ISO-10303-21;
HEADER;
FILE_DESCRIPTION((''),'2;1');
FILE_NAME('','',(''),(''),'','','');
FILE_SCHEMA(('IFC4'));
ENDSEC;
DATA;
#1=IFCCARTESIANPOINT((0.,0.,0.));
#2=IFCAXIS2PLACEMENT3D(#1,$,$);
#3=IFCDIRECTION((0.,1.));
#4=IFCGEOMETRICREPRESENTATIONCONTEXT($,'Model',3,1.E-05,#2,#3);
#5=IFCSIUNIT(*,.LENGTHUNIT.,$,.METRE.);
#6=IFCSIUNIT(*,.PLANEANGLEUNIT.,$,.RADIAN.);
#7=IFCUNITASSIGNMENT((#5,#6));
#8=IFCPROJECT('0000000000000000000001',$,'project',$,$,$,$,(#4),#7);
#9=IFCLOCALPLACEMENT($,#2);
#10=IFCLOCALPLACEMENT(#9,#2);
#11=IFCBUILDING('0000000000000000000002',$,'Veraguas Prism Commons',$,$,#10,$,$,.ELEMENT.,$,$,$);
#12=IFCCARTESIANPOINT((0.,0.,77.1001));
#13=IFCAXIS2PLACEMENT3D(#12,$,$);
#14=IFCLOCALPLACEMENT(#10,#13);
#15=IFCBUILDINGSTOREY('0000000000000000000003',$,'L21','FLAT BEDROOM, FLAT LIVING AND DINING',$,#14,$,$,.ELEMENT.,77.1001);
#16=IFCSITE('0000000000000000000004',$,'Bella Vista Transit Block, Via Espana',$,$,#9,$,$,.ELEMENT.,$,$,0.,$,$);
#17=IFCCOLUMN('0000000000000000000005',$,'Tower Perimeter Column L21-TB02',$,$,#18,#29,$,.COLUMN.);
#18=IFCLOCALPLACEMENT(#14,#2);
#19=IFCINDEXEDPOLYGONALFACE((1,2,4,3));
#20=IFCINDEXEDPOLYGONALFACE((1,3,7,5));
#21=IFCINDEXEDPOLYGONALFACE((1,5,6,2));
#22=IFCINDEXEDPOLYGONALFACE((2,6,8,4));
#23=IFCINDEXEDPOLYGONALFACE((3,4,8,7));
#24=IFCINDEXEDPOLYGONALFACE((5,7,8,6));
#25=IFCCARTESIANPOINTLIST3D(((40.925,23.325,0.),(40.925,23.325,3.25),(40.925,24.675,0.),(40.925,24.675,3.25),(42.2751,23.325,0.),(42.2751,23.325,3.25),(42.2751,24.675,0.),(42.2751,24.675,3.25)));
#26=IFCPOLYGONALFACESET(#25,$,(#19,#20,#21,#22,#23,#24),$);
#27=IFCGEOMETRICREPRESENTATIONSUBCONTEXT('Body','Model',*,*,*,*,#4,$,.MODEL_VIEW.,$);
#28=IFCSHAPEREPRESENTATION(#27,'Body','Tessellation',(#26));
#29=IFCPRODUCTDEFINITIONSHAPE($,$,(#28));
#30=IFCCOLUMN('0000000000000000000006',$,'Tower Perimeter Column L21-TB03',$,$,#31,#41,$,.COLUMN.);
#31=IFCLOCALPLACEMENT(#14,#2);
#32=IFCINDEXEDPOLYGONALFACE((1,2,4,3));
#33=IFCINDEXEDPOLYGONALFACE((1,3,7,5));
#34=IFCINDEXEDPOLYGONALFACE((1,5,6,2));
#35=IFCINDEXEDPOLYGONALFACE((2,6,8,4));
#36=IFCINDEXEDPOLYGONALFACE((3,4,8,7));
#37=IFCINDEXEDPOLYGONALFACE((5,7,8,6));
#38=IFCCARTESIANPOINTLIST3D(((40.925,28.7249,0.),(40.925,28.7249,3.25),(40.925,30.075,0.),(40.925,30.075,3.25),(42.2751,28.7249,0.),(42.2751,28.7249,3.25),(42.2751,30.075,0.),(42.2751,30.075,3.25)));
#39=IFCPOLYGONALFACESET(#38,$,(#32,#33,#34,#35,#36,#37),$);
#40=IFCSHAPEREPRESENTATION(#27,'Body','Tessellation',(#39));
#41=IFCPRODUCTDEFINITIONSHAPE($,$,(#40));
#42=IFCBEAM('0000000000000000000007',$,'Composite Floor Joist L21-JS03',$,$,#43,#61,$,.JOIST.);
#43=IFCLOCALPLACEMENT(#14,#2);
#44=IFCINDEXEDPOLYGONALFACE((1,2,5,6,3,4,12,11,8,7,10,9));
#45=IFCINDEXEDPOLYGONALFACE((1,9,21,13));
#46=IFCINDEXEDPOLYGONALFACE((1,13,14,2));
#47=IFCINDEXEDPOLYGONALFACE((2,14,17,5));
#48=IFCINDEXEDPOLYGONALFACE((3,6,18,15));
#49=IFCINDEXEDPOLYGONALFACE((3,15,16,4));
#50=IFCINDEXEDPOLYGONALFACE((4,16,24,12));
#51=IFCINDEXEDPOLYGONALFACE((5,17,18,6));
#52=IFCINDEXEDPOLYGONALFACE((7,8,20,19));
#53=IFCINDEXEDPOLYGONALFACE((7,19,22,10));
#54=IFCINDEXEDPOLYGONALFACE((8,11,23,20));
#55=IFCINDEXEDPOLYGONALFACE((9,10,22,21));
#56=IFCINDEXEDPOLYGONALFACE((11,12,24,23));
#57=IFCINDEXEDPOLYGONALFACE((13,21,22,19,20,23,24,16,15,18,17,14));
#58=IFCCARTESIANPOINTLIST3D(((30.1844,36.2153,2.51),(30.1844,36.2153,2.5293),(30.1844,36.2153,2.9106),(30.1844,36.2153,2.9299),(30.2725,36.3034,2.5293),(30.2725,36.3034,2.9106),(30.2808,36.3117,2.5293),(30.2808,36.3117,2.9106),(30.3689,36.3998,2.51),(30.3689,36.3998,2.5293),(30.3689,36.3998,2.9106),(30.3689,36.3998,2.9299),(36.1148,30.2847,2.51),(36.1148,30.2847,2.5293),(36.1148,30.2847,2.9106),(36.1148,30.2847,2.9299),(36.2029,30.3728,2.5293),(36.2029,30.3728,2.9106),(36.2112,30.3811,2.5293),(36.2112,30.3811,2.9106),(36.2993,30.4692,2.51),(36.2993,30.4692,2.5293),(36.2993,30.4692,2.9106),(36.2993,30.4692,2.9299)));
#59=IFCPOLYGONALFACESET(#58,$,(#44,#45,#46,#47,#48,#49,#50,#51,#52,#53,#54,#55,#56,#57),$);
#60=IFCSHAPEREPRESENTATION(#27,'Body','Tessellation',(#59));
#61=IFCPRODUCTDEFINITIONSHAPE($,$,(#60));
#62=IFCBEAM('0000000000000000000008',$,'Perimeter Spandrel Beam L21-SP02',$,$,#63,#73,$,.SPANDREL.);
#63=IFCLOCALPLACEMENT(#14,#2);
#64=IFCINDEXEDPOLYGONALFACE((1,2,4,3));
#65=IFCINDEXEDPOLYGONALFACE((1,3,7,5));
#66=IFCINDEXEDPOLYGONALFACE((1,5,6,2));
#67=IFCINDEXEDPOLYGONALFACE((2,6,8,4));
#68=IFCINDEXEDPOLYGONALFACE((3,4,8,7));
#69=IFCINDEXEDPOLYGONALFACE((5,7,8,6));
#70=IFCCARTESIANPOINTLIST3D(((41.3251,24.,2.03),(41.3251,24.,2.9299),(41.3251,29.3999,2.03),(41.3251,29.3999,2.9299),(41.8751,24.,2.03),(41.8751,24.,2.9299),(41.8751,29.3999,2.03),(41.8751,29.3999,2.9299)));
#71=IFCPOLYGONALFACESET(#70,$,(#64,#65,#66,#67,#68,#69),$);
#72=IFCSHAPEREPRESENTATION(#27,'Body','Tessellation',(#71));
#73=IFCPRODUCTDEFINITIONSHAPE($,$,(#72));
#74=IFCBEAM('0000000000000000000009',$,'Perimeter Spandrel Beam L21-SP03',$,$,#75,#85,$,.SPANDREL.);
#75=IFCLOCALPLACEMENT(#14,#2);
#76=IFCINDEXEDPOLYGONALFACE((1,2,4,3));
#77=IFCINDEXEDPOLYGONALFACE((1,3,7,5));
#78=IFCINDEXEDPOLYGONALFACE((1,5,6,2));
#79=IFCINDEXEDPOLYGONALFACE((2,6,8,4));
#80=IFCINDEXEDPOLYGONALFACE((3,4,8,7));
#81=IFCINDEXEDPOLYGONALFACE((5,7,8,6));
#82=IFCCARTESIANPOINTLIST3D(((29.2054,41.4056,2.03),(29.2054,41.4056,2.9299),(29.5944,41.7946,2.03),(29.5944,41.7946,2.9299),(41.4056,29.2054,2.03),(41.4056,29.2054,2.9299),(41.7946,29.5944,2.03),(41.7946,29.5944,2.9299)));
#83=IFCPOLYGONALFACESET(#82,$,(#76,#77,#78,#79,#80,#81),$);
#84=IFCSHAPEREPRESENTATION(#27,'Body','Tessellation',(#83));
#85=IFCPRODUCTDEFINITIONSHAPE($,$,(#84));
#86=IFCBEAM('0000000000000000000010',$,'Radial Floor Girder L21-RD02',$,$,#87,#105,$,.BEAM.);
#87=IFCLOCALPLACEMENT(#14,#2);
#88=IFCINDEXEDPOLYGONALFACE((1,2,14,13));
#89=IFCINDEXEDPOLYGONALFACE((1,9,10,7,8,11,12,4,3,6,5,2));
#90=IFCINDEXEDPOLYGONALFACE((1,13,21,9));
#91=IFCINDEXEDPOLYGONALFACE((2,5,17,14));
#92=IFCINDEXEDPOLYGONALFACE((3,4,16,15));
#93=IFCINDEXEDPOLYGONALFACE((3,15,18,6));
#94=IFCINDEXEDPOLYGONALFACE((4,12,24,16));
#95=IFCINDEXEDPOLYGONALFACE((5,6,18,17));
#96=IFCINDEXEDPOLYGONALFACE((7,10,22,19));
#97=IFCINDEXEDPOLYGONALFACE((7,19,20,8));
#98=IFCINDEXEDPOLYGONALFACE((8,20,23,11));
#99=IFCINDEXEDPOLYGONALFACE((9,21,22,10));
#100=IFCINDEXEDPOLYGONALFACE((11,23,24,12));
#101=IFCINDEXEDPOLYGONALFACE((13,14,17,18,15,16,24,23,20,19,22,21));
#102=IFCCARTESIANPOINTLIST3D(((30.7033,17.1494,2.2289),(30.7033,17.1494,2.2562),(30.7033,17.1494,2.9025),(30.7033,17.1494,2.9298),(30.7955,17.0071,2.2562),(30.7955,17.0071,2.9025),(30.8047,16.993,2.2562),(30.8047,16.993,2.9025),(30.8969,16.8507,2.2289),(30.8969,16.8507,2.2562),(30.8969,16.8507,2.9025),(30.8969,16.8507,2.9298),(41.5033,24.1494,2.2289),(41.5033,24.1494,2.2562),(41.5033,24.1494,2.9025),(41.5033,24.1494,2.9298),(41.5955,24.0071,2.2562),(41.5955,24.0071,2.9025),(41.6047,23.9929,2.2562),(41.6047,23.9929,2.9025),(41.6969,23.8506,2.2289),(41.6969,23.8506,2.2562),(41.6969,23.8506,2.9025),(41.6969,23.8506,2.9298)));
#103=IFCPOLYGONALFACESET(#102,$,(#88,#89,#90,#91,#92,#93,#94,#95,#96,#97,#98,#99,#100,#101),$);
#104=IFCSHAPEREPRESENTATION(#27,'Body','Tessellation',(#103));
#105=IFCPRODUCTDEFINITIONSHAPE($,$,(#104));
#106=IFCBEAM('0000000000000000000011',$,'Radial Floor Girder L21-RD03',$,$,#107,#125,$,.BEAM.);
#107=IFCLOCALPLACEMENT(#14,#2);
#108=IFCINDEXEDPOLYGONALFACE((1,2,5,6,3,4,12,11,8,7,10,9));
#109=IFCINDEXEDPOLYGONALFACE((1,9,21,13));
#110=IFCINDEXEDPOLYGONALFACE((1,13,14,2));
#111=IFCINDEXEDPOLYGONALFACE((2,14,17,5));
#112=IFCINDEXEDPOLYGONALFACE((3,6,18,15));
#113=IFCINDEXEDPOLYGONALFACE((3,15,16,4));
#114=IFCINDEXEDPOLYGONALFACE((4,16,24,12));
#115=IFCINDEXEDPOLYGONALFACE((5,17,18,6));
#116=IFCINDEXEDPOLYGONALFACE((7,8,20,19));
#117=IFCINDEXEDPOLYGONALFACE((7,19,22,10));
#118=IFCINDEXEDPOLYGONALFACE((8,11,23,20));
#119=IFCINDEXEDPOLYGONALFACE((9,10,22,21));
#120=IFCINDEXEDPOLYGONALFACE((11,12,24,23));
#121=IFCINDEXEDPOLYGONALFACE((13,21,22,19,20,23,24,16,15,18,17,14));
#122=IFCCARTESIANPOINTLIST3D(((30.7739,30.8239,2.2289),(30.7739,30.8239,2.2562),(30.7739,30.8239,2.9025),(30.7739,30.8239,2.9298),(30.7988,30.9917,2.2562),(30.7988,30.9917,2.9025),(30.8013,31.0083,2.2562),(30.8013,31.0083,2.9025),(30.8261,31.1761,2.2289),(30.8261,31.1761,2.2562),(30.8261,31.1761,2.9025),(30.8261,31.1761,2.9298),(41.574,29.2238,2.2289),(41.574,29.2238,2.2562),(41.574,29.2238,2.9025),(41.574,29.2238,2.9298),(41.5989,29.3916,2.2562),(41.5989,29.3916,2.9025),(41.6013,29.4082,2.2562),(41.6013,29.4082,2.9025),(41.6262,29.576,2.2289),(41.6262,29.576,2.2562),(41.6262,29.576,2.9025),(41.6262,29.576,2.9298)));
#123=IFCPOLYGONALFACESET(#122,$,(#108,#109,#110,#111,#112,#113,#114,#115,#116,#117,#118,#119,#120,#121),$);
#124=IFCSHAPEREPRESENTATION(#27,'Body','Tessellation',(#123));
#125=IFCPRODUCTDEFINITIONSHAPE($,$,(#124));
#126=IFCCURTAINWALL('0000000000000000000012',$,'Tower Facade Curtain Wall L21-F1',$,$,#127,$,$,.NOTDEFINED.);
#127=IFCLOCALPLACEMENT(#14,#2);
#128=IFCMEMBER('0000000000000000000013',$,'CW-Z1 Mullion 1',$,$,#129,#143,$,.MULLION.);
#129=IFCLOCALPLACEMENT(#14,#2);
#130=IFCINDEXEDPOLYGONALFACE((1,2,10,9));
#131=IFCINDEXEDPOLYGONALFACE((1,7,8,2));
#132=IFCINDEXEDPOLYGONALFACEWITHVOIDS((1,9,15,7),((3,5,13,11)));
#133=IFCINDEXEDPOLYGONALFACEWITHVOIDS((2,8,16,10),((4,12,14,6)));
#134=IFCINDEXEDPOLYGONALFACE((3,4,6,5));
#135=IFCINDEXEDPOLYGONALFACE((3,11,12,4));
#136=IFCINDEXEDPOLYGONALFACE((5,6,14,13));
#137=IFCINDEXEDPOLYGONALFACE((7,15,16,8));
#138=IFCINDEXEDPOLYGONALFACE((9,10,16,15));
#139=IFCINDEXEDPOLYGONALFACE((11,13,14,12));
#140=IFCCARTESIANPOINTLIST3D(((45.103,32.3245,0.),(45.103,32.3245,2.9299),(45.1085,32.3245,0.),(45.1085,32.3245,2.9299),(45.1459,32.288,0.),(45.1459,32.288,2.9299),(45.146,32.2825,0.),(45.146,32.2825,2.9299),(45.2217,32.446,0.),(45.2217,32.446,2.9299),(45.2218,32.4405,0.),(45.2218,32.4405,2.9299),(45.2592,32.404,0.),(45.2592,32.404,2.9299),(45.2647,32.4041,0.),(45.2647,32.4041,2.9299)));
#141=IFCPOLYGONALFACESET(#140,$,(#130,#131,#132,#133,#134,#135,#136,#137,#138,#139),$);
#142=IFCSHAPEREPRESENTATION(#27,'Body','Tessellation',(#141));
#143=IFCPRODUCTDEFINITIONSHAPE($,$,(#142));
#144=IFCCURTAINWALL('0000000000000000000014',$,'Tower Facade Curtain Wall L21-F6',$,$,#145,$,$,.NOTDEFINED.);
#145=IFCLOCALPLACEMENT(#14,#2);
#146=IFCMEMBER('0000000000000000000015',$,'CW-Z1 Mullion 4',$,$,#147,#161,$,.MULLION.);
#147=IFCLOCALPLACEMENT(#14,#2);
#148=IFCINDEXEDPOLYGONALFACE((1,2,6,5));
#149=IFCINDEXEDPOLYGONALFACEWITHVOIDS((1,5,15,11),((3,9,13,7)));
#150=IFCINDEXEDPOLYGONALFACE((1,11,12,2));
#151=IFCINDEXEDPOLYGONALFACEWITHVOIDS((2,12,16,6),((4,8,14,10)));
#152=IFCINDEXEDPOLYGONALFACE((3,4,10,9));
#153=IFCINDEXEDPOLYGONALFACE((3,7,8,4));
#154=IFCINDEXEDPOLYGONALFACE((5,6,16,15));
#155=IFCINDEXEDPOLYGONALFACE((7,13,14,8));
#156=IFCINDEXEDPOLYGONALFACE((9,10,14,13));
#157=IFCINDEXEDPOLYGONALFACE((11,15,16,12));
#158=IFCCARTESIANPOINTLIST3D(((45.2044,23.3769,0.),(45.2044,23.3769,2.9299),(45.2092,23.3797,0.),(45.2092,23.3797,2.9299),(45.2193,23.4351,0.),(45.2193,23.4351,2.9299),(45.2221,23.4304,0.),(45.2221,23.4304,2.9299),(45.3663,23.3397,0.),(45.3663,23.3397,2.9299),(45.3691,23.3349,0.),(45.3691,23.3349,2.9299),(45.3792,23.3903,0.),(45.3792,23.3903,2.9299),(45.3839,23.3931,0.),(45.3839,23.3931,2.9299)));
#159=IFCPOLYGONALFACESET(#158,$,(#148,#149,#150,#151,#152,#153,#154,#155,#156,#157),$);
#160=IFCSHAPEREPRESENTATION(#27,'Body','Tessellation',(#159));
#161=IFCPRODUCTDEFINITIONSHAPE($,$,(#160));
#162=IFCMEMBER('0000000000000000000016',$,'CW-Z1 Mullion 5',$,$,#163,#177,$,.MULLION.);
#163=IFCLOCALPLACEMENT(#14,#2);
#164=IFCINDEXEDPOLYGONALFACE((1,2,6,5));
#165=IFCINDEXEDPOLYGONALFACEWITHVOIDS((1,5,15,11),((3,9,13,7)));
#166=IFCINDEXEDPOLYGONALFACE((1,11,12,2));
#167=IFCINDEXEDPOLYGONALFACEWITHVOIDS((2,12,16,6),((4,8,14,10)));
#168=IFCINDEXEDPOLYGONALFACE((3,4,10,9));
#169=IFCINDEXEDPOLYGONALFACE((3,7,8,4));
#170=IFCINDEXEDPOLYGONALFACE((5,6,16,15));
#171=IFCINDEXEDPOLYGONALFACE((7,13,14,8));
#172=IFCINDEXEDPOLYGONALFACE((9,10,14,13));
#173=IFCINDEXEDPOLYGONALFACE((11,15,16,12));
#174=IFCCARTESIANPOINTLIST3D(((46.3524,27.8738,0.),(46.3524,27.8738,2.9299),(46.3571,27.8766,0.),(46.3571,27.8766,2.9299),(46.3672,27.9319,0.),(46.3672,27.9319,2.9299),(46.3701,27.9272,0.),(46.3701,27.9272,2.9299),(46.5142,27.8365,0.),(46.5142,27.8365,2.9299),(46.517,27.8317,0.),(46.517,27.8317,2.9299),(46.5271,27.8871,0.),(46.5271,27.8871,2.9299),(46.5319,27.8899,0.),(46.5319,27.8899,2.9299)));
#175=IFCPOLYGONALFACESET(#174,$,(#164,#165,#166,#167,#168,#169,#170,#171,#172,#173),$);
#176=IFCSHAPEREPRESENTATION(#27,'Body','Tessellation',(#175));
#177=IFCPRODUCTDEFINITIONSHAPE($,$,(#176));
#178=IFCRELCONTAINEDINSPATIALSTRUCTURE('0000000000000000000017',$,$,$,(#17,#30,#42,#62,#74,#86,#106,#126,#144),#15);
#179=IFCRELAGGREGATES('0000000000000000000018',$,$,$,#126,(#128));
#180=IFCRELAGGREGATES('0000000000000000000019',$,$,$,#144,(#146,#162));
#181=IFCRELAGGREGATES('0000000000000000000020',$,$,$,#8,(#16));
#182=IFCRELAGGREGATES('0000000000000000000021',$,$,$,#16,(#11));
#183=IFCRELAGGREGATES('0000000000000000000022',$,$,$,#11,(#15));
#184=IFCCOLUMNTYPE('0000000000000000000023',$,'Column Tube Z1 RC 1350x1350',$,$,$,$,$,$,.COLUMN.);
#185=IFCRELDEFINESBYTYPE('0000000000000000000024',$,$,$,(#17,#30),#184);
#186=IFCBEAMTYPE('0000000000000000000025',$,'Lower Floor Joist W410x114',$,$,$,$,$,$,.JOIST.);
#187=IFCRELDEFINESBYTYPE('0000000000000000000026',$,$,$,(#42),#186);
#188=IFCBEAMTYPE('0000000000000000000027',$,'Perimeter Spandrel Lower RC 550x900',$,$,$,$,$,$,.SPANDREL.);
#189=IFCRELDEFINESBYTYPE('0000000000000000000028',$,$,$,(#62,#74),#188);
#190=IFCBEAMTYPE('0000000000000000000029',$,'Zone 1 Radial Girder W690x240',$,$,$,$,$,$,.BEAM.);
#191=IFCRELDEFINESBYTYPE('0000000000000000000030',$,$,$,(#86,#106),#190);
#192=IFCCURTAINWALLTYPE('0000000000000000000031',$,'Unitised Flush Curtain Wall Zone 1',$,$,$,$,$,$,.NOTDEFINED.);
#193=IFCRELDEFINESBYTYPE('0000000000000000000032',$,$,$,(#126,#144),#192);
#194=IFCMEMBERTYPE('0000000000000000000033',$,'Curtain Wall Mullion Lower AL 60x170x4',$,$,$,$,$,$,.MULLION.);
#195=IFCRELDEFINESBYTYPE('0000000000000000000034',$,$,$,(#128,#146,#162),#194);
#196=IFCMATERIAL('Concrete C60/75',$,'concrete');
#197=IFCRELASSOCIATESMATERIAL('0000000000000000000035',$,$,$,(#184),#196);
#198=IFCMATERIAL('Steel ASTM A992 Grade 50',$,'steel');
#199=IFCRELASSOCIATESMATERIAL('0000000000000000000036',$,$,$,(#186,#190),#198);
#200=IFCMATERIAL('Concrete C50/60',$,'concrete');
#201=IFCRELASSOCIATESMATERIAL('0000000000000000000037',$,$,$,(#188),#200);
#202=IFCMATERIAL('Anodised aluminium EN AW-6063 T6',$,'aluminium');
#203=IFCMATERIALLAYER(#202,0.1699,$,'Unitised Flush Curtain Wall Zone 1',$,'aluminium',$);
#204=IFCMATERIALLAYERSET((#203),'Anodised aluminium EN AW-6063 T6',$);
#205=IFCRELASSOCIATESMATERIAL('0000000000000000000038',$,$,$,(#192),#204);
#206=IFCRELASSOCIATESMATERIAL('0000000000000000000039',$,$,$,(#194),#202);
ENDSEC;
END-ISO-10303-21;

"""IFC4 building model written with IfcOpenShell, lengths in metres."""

from ifc_helpers import new_model, si_unit, direction, frame, origin, origin_2d, place, context, subcontext, project, spatial, rectangle, hollow_rectangle, i_section, extrude, source, transform, mapped, material, layer, layer_set, material_profile, profile_set, type_object, element, aggregate, save


model = new_model("IFC4")

# Units and contexts
model_context = context("Model", 3, precision=1e-05, world=origin(), true_north=direction((0.0, 1.0)))
body_context = subcontext(model_context, "Body", "Model", "MODEL_VIEW")
ifc_project = project(units=[si_unit("LENGTHUNIT", "METRE"), si_unit("PLANEANGLEUNIT", "RADIAN")], contexts=[model_context])

# Site, building, storey
site_placement = place(None, origin())
site = spatial("IfcSite", under=ifc_project, at=site_placement, Name="Bella Vista Transit Block, Via Espana", CompositionType="ELEMENT", RefElevation=0.0)
building_placement = place(site_placement, origin())
building = spatial("IfcBuilding", under=site, at=building_placement, Name="Veraguas Prism Commons", CompositionType="ELEMENT")
storey_placement = place(building_placement, frame((0.0, 0.0, 77.1001)))
storey = spatial("IfcBuildingStorey", under=building, at=storey_placement, Name="L21", Description="FLAT BEDROOM, FLAT LIVING AND DINING", CompositionType="ELEMENT", Elevation=77.1001)

# Columns
ifc_material_1 = material(Name="Concrete C60/75", Category="concrete")
ifc_material_profile_1 = material_profile(ifc_material_1, rectangle(XDim=1.3501, YDim=1.3501, at=origin_2d()), Name="RC1350X1350")
ifc_profile_set_1 = profile_set([ifc_material_profile_1], Name="Concrete C60/75")
column_type = type_object("IfcColumnType", Name="Column Tube Z1 RC 1350x1350", PredefinedType="COLUMN", material=ifc_profile_set_1)
for number, where, z_axis, x_axis, name in (
    (1, (41.6001, 24.0, 0.0), (0.0, 0.0, 1.0), (1.0, 0.0, 0.0), "Tower Perimeter Column L21-TB02"),
    (2, (41.6001, 29.3999, 0.0), (0.0, 0.0, 1.0), (1.0, 0.0, 0.0), "Tower Perimeter Column L21-TB03"),
):
    element("IfcColumn", number, at=place(storey_placement, frame(where, z_axis=z_axis, x_axis=x_axis)), inside=storey, type_object=column_type, Name=name, PredefinedType="COLUMN", context=body_context, shape_type="SweptSolid", body=[
        extrude(rectangle(XDim=1.3501, YDim=1.3501, at=origin_2d()), origin(), (0.0, 0.0, 1.0), 3.25),
    ])

# Beams
ifc_material_2 = material(Name="Steel ASTM A992 Grade 50", Category="steel")
ifc_material_profile_2 = material_profile(ifc_material_2, i_section(OverallWidth=0.261, OverallDepth=0.4199, WebThickness=0.0117, FlangeThickness=0.0193, at=origin_2d()), Name="W410X114")
ifc_profile_set_2 = profile_set([ifc_material_profile_2], Name="Steel ASTM A992 Grade 50")
beam_type_1 = type_object("IfcBeamType", Name="Lower Floor Joist W410x114", PredefinedType="JOIST", material=ifc_profile_set_2)
beam_1_placement = place(storey_placement, frame((36.207, 30.377, 2.72), z_axis=(-0.707092, 0.707121, 0.0), x_axis=(-0.707121, -0.707092, 0.0)))
element("IfcBeam", 3, at=beam_1_placement, inside=storey, type_object=beam_type_1, Name="Composite Floor Joist L21-JS03", PredefinedType="JOIST", context=body_context, shape_type="SweptSolid", body=[
    extrude(i_section(OverallWidth=0.261, OverallDepth=0.4199, WebThickness=0.0117, FlangeThickness=0.0193, at=origin_2d()), origin(), (0.0, 0.0, 1.0), 8.387),
])
ifc_material_3 = material(Name="Concrete C50/60", Category="concrete")
ifc_material_profile_3 = material_profile(ifc_material_3, rectangle(XDim=0.55, YDim=0.8999, at=origin_2d()), Name="RC550X900")
ifc_profile_set_3 = profile_set([ifc_material_profile_3], Name="Concrete C50/60")
beam_type_2 = type_object("IfcBeamType", Name="Perimeter Spandrel Lower RC 550x900", PredefinedType="SPANDREL", material=ifc_profile_set_3)
beam_2_placement = place(storey_placement, frame((41.6001, 24.0, 2.48), z_axis=(0.0, 1.0, 0.0), x_axis=(-1.0, 0.0, 0.0)))
element("IfcBeam", 4, at=beam_2_placement, inside=storey, type_object=beam_type_2, Name="Perimeter Spandrel Beam L21-SP02", PredefinedType="SPANDREL", context=body_context, shape_type="SweptSolid", body=[
    extrude(rectangle(XDim=0.55, YDim=0.8999, at=origin_2d()), origin(), (0.0, 0.0, 1.0), 5.3999),
])
beam_3_placement = place(storey_placement, frame((41.6001, 29.3999, 2.48), z_axis=(-0.707107, 0.707107, 0.0), x_axis=(-0.707107, -0.707107, 0.0)))
element("IfcBeam", 5, at=beam_3_placement, inside=storey, type_object=beam_type_2, Name="Perimeter Spandrel Beam L21-SP03", PredefinedType="SPANDREL", context=body_context, shape_type="SweptSolid", body=[
    extrude(rectangle(XDim=0.55, YDim=0.8999, at=origin_2d()), origin(), (0.0, 0.0, 1.0), 17.2537),
])
ifc_material_profile_4 = material_profile(ifc_material_2, i_section(OverallWidth=0.356, OverallDepth=0.7009, WebThickness=0.0168, FlangeThickness=0.0273, at=origin_2d()), Name="W690X240")
ifc_profile_set_4 = profile_set([ifc_material_profile_4], Name="Steel ASTM A992 Grade 50")
beam_type_3 = type_object("IfcBeamType", Name="Zone 1 Radial Girder W690x240", PredefinedType="BEAM", material=ifc_profile_set_4)
beam_4_placement = place(storey_placement, frame((41.6001, 24.0, 2.5793), z_axis=(-0.839154, -0.543894, 0.0), x_axis=(0.543894, -0.839154, 0.0)))
element("IfcBeam", 6, at=beam_4_placement, inside=storey, type_object=beam_type_3, Name="Radial Floor Girder L21-RD02", PredefinedType="BEAM", context=body_context, shape_type="SweptSolid", body=[
    extrude(i_section(OverallWidth=0.356, OverallDepth=0.7009, WebThickness=0.0168, FlangeThickness=0.0273, at=origin_2d()), origin(), (0.0, 0.0, 1.0), 12.8701),
])
beam_5_placement = place(storey_placement, frame((41.6001, 29.3999, 2.5793), z_axis=(-0.989202, 0.146557, 0.0), x_axis=(-0.146557, -0.989202, 0.0)))
element("IfcBeam", 7, at=beam_5_placement, inside=storey, type_object=beam_type_3, Name="Radial Floor Girder L21-RD03", PredefinedType="BEAM", context=body_context, shape_type="SweptSolid", body=[
    extrude(i_section(OverallWidth=0.356, OverallDepth=0.7009, WebThickness=0.0168, FlangeThickness=0.0273, at=origin_2d()), origin(), (0.0, 0.0, 1.0), 10.918),
])

# Curtain wall, member
ifc_material_4 = material(Name="Anodised aluminium EN AW-6063 T6", Category="aluminium")
ifc_layer_1 = layer(ifc_material_4, 0.1699, Name="Unitised Flush Curtain Wall Zone 1", Category="aluminium")
ifc_layer_set_1 = layer_set([ifc_layer_1], Name="Anodised aluminium EN AW-6063 T6")
curtain_wall_type = type_object("IfcCurtainWallType", Name="Unitised Flush Curtain Wall Zone 1", PredefinedType="NOTDEFINED", material=ifc_layer_set_1)
curtain_wall_1_placement = place(storey_placement, origin())
curtain_wall_1 = element("IfcCurtainWall", 8, at=curtain_wall_1_placement, inside=storey, type_object=curtain_wall_type, Name="Tower Facade Curtain Wall L21-F1", PredefinedType="NOTDEFINED")
ifc_material_profile_5 = material_profile(ifc_material_4, hollow_rectangle(XDim=0.0601, YDim=0.1699, WallThickness=0.0039, at=origin_2d()), Name="AL60X170X4")
ifc_profile_set_5 = profile_set([ifc_material_profile_5], Name="Anodised aluminium EN AW-6063 T6")
member_type = type_object("IfcMemberType", Name="Curtain Wall Mullion Lower AL 60x170x4", PredefinedType="MULLION", material=ifc_profile_set_5)
shared_shape_1 = source(origin(), body_context, "Body", "SweptSolid", [
    extrude(hollow_rectangle(XDim=0.0601, YDim=0.1699, WallThickness=0.0039, at=origin_2d()), origin(), (0.0, 0.0, 1.0), 2.9299),
])
member_1_placement = place(storey_placement, frame((45.1838, 32.3643, 0.0), z_axis=(0.0, 0.0, 1.0), x_axis=(-0.715449, 0.698665, 0.0)))
member_1 = element("IfcMember", 9, at=member_1_placement, type_object=member_type, Name="CW-Z1 Mullion 1", PredefinedType="MULLION", context=body_context, shape_type="MappedRepresentation", body=[
    mapped(shared_shape_1, transform((0.0, 0.0, 0.0), scale=1.0)),
])
aggregate(curtain_wall_1, [member_1])

# Curtain wall, members
curtain_wall_2_placement = place(storey_placement, origin())
curtain_wall_2 = element("IfcCurtainWall", 10, at=curtain_wall_2_placement, inside=storey, type_object=curtain_wall_type, Name="Tower Facade Curtain Wall L21-F6", PredefinedType="NOTDEFINED")
member_2_placement = place(storey_placement, frame((45.2942, 23.385, 0.0), z_axis=(0.0, 0.0, 1.0), x_axis=(0.247341, 0.968929, 0.0)))
member_2 = element("IfcMember", 11, at=member_2_placement, type_object=member_type, Name="CW-Z1 Mullion 4", PredefinedType="MULLION", context=body_context, shape_type="MappedRepresentation", body=[
    mapped(shared_shape_1, transform((0.0, 0.0, 0.0), scale=1.0)),
])
member_3_placement = place(storey_placement, frame((46.4421, 27.8818, 0.0), z_axis=(0.0, 0.0, 1.0), x_axis=(0.247341, 0.968929, 0.0)))
member_3 = element("IfcMember", 12, at=member_3_placement, type_object=member_type, Name="CW-Z1 Mullion 5", PredefinedType="MULLION", context=body_context, shape_type="MappedRepresentation", body=[
    mapped(shared_shape_1, transform((0.0, 0.0, 0.0), scale=1.0)),
])
aggregate(curtain_wall_2, [member_2, member_3])

save(model, "model.ifc")
